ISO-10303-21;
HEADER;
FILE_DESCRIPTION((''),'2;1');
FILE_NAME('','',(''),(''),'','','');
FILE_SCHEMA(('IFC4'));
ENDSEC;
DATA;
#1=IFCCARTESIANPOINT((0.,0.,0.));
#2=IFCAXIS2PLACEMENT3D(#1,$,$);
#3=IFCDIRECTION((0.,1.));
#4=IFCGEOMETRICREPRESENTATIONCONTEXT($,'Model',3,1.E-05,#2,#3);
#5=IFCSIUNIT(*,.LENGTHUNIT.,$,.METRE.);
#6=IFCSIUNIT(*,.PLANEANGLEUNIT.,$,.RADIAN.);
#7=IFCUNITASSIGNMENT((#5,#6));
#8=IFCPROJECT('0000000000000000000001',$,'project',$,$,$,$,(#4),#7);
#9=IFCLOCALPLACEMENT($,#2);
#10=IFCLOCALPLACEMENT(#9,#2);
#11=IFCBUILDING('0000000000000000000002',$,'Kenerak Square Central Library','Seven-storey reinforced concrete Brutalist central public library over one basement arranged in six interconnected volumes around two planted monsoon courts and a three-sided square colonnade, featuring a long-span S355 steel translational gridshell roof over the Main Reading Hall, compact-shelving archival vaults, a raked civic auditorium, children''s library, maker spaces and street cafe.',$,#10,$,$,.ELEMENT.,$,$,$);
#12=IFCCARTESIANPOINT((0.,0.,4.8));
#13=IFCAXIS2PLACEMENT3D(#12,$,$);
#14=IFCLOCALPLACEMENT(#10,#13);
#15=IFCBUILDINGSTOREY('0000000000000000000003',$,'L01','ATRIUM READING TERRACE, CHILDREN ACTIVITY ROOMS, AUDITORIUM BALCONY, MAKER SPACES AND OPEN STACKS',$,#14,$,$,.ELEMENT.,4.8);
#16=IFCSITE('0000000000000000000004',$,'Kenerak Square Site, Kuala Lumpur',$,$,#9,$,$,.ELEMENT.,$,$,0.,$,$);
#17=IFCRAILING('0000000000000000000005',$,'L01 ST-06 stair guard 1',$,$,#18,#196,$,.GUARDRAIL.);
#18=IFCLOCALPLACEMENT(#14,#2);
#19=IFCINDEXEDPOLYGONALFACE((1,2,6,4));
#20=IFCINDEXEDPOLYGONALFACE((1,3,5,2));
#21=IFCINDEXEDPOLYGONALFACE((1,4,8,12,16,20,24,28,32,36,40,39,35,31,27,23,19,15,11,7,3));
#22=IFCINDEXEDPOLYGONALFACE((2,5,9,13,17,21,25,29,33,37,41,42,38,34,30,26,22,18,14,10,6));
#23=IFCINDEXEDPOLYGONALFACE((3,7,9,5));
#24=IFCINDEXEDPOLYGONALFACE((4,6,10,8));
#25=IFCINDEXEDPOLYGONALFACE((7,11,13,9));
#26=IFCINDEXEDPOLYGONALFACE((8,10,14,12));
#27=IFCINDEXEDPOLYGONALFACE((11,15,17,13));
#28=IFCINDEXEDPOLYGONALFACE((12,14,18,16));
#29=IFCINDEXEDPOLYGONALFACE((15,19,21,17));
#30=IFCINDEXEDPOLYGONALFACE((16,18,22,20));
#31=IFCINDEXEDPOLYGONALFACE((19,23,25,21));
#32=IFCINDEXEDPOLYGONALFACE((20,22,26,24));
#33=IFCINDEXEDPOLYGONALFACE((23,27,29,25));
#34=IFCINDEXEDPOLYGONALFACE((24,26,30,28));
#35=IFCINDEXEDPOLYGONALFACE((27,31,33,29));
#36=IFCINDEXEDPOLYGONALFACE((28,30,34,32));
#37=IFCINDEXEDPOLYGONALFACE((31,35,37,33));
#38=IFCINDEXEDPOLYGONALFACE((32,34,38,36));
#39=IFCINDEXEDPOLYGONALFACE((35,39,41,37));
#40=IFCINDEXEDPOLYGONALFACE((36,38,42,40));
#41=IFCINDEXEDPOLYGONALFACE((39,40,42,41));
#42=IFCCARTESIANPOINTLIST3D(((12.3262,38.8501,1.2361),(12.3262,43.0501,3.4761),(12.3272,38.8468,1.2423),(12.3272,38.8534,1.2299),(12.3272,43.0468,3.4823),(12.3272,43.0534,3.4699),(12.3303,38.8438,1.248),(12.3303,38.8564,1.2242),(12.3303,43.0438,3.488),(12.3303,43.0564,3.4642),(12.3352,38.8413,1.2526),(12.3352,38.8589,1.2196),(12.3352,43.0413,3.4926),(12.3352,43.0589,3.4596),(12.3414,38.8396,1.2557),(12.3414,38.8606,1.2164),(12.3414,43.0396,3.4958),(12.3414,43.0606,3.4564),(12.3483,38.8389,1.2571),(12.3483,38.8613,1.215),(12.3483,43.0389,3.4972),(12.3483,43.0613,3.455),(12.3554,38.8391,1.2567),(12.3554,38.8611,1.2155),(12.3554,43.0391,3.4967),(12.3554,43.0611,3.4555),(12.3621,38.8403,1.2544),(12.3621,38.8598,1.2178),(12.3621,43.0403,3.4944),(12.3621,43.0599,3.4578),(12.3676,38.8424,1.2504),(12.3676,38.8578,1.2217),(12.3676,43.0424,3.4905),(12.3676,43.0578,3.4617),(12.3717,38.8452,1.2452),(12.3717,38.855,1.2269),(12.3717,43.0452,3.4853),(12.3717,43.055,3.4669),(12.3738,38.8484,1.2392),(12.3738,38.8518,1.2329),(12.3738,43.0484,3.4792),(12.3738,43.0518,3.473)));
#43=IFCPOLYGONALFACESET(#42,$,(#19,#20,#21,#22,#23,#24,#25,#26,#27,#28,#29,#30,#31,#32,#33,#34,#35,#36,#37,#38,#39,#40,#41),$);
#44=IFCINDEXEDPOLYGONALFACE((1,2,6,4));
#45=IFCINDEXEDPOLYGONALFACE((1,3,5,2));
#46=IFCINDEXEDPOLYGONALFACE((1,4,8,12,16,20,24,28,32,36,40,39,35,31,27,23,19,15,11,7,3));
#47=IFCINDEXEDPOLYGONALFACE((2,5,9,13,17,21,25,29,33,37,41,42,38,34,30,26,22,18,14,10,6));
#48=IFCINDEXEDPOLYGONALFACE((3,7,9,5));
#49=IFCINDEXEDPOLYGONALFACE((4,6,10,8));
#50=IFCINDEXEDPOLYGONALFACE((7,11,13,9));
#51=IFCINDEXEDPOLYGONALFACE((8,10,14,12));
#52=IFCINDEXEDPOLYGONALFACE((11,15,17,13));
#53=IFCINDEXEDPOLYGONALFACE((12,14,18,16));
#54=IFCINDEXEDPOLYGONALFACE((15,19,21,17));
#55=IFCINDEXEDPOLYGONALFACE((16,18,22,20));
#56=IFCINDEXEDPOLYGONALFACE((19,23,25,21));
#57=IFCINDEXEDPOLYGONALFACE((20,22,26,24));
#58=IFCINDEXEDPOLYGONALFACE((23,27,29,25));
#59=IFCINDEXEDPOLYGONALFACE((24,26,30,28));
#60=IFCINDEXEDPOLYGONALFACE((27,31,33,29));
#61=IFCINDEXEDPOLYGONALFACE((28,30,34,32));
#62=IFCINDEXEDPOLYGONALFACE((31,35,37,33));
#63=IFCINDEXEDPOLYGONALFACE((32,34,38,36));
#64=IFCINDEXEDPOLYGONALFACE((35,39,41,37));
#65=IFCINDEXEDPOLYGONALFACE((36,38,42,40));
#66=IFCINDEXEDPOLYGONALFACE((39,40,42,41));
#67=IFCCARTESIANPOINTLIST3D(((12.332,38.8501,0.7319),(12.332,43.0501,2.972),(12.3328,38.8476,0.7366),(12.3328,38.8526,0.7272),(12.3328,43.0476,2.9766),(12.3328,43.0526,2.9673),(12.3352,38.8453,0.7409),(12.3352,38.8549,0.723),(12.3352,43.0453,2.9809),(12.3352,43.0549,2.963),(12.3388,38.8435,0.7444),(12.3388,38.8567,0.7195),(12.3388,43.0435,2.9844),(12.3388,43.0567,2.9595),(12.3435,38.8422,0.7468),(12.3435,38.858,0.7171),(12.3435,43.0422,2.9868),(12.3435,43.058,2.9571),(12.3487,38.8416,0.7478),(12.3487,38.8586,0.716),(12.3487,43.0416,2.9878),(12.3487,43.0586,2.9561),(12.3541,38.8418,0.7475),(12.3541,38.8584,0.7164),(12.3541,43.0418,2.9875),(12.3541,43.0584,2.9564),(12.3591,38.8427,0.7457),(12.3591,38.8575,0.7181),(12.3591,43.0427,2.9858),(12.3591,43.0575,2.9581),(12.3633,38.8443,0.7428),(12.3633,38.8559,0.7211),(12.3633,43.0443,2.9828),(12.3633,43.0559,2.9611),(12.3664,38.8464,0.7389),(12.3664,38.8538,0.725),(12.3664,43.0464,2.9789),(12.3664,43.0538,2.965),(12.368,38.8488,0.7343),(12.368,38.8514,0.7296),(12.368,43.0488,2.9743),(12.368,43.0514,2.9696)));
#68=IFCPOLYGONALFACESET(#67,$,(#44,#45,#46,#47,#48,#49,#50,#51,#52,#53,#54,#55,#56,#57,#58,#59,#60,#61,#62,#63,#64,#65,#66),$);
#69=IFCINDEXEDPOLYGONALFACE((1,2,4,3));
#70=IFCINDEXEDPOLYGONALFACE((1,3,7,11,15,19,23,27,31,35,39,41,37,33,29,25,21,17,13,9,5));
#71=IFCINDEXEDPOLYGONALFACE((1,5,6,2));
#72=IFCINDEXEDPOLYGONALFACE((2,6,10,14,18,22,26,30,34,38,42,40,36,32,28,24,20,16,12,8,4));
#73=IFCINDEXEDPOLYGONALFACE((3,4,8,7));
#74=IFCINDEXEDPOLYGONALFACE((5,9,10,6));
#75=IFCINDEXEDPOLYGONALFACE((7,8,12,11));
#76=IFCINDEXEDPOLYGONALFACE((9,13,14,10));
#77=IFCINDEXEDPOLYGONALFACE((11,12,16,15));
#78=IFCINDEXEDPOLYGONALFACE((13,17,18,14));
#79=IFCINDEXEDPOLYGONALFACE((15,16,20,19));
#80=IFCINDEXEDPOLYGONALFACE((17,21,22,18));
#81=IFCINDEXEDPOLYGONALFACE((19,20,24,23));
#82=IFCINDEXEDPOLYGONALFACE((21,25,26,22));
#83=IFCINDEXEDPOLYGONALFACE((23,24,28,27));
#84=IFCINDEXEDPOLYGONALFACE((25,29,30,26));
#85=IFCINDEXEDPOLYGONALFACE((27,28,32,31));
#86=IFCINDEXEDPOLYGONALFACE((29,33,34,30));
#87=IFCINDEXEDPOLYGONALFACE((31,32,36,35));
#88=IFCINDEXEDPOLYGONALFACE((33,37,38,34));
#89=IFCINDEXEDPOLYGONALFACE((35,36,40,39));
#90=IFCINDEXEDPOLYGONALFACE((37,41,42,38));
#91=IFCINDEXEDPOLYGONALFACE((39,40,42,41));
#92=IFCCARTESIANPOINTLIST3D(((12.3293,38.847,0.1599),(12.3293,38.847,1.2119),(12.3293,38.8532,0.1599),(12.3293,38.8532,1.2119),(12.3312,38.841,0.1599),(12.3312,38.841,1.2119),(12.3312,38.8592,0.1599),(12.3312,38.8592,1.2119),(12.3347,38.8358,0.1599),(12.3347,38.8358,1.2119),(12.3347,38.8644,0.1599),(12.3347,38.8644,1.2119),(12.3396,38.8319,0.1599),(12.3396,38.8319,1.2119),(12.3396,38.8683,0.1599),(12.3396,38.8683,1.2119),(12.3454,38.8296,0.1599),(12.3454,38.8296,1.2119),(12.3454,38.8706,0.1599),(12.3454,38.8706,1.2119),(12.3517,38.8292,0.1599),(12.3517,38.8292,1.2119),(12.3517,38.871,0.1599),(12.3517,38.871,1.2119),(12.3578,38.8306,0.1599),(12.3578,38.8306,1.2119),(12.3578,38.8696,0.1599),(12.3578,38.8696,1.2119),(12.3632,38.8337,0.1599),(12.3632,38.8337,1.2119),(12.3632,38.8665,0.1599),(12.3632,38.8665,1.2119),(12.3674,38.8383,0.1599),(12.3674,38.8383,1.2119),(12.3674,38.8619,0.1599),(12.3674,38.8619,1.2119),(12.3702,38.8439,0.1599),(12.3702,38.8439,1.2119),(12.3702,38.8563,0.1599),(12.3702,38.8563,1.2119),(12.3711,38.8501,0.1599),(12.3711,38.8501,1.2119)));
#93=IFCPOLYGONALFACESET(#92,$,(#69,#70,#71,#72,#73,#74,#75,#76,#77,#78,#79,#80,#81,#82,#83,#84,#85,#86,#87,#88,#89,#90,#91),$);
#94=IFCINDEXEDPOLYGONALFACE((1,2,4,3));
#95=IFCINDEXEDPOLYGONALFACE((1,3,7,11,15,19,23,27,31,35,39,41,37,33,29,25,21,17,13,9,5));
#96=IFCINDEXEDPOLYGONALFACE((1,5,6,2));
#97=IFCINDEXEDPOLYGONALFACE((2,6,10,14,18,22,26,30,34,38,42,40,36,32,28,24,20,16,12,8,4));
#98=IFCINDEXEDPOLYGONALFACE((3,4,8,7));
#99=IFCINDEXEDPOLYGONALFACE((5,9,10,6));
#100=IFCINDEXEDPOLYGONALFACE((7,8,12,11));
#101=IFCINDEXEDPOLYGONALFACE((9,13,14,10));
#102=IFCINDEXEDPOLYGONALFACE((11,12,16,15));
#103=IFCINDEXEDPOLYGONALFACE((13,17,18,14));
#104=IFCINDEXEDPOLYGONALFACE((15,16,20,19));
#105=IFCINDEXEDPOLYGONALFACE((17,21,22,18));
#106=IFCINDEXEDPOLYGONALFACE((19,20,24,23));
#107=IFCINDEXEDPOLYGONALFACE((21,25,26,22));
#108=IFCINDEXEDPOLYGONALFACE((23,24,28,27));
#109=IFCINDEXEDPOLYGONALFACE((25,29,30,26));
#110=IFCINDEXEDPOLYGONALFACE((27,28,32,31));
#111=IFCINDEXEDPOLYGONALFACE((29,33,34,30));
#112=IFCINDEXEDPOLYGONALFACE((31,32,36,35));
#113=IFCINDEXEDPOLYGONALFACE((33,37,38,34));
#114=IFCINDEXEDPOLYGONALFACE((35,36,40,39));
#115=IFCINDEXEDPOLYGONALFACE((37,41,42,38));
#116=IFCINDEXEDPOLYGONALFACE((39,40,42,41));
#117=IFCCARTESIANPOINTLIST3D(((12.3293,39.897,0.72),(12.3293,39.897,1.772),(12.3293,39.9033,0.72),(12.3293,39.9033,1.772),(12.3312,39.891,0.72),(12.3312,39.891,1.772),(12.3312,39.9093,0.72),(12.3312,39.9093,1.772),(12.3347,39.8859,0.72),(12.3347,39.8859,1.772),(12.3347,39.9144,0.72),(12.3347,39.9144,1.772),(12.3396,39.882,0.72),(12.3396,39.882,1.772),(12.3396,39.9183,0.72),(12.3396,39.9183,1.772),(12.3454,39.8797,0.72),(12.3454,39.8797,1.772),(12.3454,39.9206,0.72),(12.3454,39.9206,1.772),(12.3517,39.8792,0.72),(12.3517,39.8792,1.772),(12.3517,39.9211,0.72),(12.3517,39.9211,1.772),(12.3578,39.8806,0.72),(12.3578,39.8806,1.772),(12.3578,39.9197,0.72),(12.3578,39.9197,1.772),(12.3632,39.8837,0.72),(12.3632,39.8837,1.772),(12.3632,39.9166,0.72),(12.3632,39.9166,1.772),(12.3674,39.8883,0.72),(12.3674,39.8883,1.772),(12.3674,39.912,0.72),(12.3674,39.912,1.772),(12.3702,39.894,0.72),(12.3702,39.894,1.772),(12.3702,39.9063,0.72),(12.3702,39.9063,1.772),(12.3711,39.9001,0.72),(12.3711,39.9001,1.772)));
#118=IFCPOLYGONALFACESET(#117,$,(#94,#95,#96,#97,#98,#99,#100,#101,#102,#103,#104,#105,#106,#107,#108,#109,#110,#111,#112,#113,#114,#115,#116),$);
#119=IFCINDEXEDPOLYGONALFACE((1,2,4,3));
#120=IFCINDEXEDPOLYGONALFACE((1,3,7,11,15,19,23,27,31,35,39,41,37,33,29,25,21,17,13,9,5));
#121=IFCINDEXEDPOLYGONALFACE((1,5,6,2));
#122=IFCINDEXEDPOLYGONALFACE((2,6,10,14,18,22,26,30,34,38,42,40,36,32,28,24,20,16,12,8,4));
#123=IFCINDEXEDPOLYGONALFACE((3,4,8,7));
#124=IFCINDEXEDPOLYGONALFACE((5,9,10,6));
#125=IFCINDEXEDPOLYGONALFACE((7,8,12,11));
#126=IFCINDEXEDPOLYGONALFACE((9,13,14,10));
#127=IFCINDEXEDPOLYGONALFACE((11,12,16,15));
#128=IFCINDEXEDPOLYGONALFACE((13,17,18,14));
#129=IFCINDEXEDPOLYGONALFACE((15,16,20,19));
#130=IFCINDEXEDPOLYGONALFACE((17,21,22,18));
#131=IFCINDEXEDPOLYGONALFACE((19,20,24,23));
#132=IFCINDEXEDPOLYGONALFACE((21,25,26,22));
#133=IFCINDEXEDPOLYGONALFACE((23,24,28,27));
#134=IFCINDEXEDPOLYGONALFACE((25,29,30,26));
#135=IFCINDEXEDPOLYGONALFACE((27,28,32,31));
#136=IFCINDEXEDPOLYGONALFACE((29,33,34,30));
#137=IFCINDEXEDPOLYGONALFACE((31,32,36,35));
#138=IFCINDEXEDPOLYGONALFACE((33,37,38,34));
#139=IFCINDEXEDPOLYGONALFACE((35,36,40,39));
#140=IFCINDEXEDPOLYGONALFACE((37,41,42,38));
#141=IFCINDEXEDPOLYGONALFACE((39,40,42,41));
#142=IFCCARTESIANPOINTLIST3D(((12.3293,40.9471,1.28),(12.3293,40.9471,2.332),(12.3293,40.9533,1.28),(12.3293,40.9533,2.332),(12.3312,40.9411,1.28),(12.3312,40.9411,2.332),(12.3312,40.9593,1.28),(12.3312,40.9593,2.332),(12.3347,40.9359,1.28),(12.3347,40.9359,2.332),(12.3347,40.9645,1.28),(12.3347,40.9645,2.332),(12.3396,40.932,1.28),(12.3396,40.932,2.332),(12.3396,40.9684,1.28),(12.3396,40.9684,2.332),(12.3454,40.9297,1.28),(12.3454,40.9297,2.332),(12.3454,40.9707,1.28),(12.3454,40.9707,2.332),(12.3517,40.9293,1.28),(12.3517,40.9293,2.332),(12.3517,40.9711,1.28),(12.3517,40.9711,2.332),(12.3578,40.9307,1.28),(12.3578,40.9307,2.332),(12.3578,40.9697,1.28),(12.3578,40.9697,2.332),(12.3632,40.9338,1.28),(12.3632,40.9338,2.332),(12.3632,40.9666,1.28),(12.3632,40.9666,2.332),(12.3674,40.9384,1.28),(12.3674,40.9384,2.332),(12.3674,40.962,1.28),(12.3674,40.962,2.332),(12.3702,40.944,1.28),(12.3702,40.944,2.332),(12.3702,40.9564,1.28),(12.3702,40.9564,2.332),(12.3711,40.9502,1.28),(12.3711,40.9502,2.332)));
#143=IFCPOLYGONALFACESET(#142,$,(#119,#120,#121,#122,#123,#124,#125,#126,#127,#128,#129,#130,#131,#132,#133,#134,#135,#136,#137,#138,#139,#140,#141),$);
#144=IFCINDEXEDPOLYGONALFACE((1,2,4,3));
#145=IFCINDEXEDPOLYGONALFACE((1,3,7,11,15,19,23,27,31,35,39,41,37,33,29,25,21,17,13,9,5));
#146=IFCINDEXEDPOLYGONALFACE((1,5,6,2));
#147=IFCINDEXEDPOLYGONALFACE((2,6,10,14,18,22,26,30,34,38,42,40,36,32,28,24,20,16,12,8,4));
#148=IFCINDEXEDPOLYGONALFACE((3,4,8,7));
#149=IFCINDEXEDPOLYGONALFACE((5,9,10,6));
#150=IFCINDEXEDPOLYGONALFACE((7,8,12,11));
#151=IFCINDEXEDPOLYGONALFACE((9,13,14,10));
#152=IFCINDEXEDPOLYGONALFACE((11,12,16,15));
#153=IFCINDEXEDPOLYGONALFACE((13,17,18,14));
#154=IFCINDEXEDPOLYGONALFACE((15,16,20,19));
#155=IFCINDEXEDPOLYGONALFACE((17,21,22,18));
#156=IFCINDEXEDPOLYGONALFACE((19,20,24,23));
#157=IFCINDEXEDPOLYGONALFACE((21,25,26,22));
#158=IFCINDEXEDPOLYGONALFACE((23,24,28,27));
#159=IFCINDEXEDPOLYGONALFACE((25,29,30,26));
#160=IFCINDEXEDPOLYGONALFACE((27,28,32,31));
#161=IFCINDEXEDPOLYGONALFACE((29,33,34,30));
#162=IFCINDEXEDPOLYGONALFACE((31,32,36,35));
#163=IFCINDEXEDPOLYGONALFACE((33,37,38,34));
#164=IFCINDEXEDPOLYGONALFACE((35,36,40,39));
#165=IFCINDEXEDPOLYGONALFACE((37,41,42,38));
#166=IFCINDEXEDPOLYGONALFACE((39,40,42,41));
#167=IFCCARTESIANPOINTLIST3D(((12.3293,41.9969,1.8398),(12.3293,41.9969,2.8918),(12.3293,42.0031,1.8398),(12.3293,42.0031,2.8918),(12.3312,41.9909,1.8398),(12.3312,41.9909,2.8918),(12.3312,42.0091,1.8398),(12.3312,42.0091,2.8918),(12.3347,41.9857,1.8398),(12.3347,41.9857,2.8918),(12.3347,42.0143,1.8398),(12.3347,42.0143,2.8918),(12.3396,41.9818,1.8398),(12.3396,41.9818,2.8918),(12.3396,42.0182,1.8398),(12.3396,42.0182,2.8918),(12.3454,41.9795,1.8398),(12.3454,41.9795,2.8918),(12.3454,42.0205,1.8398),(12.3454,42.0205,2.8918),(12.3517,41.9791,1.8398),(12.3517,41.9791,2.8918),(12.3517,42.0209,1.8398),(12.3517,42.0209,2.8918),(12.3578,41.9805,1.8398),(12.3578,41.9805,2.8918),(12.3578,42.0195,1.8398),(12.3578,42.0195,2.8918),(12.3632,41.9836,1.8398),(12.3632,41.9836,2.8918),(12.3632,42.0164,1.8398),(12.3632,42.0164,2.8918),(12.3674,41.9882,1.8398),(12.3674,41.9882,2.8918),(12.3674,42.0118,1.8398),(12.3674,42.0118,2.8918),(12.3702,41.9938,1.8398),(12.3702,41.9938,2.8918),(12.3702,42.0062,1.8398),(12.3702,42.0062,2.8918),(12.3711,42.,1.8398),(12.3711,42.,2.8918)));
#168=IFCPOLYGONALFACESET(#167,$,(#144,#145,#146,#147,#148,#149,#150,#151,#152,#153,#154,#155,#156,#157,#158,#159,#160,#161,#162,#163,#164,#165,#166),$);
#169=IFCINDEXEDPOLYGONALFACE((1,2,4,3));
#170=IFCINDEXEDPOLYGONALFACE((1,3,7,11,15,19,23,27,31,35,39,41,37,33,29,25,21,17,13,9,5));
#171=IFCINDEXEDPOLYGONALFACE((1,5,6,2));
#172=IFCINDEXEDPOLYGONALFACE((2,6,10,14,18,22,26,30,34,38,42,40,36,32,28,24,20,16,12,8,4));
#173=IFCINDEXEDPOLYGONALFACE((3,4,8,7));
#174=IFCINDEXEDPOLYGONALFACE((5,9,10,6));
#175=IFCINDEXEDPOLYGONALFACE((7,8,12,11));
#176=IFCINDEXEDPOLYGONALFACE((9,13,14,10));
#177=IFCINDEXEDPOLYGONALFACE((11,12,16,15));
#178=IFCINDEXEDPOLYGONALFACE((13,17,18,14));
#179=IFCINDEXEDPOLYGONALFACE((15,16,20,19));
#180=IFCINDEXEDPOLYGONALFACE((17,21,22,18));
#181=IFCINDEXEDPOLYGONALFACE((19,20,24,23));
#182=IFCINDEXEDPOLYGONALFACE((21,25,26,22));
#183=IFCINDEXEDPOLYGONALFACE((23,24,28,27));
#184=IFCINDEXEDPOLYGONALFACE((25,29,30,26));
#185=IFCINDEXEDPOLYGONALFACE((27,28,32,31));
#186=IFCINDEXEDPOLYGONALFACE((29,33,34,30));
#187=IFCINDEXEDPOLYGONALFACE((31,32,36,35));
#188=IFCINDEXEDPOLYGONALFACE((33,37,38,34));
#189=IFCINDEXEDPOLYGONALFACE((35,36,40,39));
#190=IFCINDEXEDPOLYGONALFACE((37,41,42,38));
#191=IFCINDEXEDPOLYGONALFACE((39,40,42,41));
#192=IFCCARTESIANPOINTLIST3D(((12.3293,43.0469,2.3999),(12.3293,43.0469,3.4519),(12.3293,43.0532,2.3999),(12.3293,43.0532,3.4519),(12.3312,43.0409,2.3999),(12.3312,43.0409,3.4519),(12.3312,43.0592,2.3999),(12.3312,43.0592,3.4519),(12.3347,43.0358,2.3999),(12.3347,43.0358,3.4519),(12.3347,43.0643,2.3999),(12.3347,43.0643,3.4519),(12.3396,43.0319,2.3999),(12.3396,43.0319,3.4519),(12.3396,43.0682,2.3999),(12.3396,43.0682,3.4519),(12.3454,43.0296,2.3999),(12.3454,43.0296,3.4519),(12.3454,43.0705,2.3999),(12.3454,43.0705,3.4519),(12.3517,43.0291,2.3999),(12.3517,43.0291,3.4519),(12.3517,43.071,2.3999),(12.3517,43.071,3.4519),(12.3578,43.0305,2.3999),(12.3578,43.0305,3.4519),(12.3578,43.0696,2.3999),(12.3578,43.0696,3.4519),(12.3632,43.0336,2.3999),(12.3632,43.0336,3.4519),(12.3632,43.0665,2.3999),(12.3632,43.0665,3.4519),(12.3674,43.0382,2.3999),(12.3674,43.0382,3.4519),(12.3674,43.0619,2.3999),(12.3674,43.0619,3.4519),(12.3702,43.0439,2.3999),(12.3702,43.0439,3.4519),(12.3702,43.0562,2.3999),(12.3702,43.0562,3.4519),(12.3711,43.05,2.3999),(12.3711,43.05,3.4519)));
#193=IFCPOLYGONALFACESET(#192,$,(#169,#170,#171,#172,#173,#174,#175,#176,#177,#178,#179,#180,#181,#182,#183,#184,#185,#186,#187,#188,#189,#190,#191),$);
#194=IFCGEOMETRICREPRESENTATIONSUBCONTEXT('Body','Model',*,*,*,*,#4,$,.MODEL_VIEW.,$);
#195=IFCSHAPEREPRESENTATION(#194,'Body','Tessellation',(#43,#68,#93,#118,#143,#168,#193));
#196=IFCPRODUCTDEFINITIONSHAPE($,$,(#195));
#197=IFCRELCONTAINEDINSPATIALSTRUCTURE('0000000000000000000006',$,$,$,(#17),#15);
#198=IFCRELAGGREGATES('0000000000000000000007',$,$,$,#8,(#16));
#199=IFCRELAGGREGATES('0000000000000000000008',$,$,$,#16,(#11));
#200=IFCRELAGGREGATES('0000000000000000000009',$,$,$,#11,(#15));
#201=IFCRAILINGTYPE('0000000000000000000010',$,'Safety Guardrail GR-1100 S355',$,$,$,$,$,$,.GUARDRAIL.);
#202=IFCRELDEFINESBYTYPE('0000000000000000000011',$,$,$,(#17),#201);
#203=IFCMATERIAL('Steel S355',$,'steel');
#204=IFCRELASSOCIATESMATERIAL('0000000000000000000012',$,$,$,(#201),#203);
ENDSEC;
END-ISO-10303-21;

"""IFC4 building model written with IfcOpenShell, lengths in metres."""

from ifc_helpers import new_model, si_unit, direction, frame, origin, origin_2d, place, context, subcontext, project, spatial, circle, extrude, material, type_object, element, save


model = new_model("IFC4")

# Units and contexts
model_context = context("Model", 3, precision=1e-05, world=origin(), true_north=direction((0.0, 1.0)))
body_context = subcontext(model_context, "Body", "Model", "MODEL_VIEW")
ifc_project = project(units=[si_unit("LENGTHUNIT", "METRE"), si_unit("PLANEANGLEUNIT", "RADIAN")], contexts=[model_context])

# Site, building, storey
site_placement = place(None, origin())
site = spatial("IfcSite", under=ifc_project, at=site_placement, Name="Kenerak Square Site, Kuala Lumpur", CompositionType="ELEMENT", RefElevation=0.0)
building_placement = place(site_placement, origin())
building = spatial("IfcBuilding", under=site, at=building_placement, Name="Kenerak Square Central Library", Description="Seven-storey reinforced concrete Brutalist central public library over one basement arranged in six interconnected volumes around two planted monsoon courts and a three-sided square colonnade, featuring a long-span S355 steel translational gridshell roof over the Main Reading Hall, compact-shelving archival vaults, a raked civic auditorium, children's library, maker spaces and street cafe.", CompositionType="ELEMENT")
storey_placement = place(building_placement, frame((0.0, 0.0, 4.8)))
storey = spatial("IfcBuildingStorey", under=building, at=storey_placement, Name="L01", Description="ATRIUM READING TERRACE, CHILDREN ACTIVITY ROOMS, AUDITORIUM BALCONY, MAKER SPACES AND OPEN STACKS", CompositionType="ELEMENT", Elevation=4.8)

# Railing
ifc_material_1 = material(Name="Steel S355", Category="steel")
railing_type_1 = type_object("IfcRailingType", Name="Safety Guardrail GR-1100 S355", PredefinedType="GUARDRAIL", material=ifc_material_1)
railing_1_placement = place(storey_placement, frame((12.3501, 38.8501, 0.1599)))
element("IfcRailing", 1, at=railing_1_placement, inside=storey, type_object=railing_type_1, Name="L01 ST-06 stair guard 1", PredefinedType="GUARDRAIL", context=body_context, shape_type="SweptSolid", body=[
    extrude(circle(Radius=0.0239, at=origin_2d()), frame((0.0, 0.0, 1.0762), z_axis=(0.0, 0.882352, 0.470591), x_axis=(-1.0, 0.0, 0.0)), (0.0, 0.0, 1.0), 4.76),
    extrude(circle(Radius=0.0181, at=origin_2d()), frame((0.0, 0.0, 0.572), z_axis=(0.0, 0.882352, 0.470591), x_axis=(-1.0, 0.0, 0.0)), (0.0, 0.0, 1.0), 4.76),
    extrude(circle(Radius=0.021, at=origin_2d()), origin(), (0.0, 0.0, 1.0), 1.052),
    extrude(circle(Radius=0.021, at=origin_2d()), frame((0.0, 1.05, 0.5601)), (0.0, 0.0, 1.0), 1.052),
    extrude(circle(Radius=0.021, at=origin_2d()), frame((0.0, 2.1001, 1.1201)), (0.0, 0.0, 1.0), 1.052),
    extrude(circle(Radius=0.021, at=origin_2d()), frame((0.0, 3.1499, 1.6799)), (0.0, 0.0, 1.0), 1.052),
    extrude(circle(Radius=0.021, at=origin_2d()), frame((0.0, 4.2, 2.24)), (0.0, 0.0, 1.0), 1.052),
])

save(model, "model.ifc")
